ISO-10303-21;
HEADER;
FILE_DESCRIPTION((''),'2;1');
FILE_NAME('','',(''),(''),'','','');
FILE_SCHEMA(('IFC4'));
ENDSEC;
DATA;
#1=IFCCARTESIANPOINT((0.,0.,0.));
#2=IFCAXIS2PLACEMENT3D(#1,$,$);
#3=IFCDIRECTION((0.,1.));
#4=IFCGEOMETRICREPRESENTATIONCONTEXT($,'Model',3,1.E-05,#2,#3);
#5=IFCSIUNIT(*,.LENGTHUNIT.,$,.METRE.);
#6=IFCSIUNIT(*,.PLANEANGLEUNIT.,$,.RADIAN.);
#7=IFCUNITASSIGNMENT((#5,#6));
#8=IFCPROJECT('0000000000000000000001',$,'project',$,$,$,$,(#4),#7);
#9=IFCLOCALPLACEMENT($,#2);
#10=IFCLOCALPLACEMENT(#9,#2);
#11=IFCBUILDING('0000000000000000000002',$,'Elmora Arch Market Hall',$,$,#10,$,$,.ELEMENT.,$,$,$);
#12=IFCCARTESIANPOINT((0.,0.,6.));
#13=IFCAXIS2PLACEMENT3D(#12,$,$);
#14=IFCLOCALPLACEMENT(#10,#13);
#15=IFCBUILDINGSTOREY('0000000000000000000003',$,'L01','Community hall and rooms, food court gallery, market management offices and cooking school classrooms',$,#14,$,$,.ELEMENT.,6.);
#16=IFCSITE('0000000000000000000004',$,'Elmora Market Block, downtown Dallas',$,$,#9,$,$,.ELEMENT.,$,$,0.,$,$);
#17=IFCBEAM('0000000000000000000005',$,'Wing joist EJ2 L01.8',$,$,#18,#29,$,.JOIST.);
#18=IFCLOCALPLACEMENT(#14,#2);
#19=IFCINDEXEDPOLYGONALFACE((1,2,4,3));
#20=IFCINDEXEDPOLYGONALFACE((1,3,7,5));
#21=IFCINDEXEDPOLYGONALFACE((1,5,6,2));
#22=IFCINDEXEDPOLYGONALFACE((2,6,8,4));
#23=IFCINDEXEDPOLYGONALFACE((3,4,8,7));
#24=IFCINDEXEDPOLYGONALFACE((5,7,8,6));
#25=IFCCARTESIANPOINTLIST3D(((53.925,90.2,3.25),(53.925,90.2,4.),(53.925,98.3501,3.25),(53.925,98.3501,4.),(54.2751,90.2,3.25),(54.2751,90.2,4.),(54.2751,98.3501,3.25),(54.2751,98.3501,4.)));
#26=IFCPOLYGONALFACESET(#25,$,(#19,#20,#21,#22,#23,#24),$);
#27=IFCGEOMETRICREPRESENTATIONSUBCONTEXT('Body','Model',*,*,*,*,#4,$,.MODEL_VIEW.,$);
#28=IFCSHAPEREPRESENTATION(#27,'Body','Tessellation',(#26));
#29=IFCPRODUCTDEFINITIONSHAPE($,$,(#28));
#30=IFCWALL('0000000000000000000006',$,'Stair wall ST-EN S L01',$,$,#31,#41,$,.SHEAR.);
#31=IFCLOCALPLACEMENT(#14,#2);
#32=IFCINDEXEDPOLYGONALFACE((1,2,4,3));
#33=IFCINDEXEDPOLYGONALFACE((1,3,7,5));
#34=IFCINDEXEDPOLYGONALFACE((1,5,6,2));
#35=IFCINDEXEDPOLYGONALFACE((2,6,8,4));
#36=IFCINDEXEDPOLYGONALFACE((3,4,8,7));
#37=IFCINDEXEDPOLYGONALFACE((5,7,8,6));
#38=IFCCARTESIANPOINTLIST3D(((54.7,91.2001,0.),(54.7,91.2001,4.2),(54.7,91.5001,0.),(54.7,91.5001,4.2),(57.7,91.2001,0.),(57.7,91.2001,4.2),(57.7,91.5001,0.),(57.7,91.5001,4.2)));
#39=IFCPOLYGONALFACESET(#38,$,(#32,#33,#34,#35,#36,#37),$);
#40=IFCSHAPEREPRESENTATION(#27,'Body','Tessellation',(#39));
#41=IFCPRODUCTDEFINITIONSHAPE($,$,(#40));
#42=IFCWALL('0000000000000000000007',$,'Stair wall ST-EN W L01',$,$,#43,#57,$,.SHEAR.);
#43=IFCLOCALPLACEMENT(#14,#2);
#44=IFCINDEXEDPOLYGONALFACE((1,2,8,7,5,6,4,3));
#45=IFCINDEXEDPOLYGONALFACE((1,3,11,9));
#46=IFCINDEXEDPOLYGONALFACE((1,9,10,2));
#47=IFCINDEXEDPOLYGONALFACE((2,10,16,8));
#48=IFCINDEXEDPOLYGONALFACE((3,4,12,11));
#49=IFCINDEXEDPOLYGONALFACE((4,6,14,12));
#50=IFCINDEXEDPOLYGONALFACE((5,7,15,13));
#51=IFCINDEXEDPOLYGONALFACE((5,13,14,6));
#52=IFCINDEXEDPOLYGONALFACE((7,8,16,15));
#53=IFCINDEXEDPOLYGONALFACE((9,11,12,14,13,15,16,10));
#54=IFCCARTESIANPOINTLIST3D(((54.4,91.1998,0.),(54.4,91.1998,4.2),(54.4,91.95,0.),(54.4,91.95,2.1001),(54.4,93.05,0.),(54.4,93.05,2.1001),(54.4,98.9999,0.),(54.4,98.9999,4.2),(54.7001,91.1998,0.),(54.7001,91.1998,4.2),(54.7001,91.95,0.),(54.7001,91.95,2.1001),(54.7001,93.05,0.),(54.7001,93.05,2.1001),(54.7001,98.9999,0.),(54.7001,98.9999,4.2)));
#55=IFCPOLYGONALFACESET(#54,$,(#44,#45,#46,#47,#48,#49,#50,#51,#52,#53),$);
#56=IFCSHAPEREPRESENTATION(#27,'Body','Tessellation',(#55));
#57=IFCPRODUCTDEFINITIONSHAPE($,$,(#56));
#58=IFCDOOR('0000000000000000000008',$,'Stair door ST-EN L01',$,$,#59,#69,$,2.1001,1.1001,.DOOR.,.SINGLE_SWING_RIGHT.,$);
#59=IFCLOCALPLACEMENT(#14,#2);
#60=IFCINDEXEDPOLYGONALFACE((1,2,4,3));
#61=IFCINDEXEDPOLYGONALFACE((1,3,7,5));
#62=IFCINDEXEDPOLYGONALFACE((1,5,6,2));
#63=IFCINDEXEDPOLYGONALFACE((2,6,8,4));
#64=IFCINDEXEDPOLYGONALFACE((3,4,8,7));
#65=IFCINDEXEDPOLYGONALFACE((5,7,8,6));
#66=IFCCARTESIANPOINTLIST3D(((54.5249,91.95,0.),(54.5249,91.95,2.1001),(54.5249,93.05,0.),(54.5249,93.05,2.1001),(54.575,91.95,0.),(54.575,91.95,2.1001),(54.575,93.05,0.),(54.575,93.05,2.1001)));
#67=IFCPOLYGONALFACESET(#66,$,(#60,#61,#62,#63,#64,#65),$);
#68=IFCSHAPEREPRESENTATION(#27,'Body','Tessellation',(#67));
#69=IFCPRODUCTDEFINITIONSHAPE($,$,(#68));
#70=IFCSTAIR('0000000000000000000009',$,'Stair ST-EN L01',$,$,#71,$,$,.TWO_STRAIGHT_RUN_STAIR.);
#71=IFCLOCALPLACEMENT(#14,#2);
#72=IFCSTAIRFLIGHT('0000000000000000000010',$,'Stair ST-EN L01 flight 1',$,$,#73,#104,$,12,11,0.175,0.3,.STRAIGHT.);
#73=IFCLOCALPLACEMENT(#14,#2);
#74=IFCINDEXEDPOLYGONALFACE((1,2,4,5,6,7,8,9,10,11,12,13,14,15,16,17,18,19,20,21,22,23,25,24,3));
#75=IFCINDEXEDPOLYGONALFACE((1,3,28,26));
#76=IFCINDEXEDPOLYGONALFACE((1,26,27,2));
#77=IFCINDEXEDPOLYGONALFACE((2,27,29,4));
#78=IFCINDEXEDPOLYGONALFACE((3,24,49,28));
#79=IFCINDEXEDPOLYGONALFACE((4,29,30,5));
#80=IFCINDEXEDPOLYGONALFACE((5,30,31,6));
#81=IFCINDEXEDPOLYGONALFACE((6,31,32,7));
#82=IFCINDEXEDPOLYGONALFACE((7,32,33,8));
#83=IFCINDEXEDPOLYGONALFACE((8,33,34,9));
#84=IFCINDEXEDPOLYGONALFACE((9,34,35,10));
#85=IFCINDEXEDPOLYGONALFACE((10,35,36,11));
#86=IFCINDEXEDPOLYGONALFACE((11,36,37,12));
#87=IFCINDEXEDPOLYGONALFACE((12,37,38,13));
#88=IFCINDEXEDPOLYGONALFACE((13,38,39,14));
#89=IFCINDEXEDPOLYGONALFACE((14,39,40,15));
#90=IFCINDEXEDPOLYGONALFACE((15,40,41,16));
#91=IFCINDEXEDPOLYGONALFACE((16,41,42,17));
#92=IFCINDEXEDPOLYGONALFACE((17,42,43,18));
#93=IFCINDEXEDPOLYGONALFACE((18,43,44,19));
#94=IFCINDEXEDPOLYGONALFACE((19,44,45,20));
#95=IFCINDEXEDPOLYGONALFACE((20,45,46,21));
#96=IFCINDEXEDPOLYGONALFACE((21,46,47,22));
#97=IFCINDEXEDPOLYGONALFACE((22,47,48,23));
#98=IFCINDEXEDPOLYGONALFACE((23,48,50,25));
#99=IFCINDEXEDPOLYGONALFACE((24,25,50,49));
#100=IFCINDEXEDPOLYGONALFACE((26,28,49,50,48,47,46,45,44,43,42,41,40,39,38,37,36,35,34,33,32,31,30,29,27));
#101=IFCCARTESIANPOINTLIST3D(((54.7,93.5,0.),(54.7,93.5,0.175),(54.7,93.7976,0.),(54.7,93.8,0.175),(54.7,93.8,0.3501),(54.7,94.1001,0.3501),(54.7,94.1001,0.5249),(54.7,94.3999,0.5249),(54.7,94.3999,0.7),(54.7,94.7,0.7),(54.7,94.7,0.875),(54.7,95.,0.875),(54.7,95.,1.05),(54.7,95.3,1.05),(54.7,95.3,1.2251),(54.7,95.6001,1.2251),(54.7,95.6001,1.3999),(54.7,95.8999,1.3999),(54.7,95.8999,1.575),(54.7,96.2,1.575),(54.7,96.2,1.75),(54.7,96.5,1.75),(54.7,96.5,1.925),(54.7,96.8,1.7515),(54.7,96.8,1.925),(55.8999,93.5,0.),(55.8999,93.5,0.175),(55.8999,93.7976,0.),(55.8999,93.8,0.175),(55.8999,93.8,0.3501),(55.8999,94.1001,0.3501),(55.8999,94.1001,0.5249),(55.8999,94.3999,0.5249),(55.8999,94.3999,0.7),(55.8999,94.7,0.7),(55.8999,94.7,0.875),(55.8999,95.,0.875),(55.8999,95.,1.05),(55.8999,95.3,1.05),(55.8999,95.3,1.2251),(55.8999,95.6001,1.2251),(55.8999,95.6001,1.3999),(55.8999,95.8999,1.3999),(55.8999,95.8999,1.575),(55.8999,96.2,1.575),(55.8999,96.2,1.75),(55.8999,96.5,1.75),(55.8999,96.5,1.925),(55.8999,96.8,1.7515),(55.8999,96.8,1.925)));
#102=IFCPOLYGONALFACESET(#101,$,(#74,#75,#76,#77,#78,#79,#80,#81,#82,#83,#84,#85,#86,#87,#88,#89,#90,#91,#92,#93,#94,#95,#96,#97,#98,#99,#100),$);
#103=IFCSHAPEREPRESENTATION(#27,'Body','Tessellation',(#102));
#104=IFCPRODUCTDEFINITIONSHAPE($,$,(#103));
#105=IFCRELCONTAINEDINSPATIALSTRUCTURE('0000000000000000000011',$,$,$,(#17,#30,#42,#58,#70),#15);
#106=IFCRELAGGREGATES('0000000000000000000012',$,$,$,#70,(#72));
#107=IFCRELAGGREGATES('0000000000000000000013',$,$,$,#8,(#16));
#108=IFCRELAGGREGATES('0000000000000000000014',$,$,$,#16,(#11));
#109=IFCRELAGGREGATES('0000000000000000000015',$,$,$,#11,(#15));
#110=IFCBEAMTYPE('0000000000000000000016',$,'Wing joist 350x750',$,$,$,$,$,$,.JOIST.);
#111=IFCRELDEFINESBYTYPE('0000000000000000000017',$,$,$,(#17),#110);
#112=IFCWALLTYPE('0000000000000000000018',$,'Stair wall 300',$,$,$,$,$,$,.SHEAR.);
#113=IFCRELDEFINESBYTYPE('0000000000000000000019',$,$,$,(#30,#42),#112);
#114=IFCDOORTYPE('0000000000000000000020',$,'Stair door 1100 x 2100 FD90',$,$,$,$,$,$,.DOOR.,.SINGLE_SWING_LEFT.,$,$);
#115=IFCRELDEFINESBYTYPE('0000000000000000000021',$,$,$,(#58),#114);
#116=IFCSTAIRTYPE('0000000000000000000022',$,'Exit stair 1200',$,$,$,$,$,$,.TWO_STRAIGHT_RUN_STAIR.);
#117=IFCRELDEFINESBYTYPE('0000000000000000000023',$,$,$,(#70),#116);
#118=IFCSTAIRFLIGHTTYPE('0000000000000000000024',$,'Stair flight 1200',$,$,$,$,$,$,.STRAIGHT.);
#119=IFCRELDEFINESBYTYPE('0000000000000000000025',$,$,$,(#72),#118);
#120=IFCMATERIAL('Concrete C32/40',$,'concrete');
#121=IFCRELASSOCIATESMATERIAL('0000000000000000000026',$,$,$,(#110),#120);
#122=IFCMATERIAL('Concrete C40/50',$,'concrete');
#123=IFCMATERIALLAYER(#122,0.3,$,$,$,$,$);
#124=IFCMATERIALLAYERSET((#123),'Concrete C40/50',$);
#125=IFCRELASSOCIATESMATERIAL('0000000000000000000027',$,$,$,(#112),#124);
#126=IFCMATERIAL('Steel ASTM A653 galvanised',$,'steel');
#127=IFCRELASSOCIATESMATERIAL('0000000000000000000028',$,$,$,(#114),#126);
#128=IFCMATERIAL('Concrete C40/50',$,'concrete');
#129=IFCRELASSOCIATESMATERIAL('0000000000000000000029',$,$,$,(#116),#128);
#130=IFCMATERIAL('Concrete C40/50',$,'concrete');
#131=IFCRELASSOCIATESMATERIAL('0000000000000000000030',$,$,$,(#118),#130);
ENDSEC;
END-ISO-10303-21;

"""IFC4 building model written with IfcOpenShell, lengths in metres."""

from ifc_helpers import new_model, si_unit, direction, frame, frame_2d, origin, origin_2d, place, context, subcontext, project, spatial, polyline, rectangle, outline, extrude, material, layer, layer_set, material_profile, profile_set, type_object, element, fill, aggregate, save


model = new_model("IFC4")

# Units and contexts
model_context = context("Model", 3, precision=1e-05, world=origin(), true_north=direction((0.0, 1.0)))
body_context = subcontext(model_context, "Body", "Model", "MODEL_VIEW")
ifc_project = project(units=[si_unit("LENGTHUNIT", "METRE"), si_unit("PLANEANGLEUNIT", "RADIAN")], contexts=[model_context])

# Site, building, storey
site_placement = place(None, origin())
site = spatial("IfcSite", under=ifc_project, at=site_placement, Name="Elmora Market Block, downtown Dallas", CompositionType="ELEMENT", RefElevation=0.0)
building_placement = place(site_placement, origin())
building = spatial("IfcBuilding", under=site, at=building_placement, Name="Elmora Arch Market Hall", CompositionType="ELEMENT")
storey_placement = place(building_placement, frame((0.0, 0.0, 6.0)))
storey = spatial("IfcBuildingStorey", under=building, at=storey_placement, Name="L01", Description="Community hall and rooms, food court gallery, market management offices and cooking school classrooms", CompositionType="ELEMENT", Elevation=6.0)

# Beam
ifc_material_1 = material(Name="Concrete C32/40", Category="concrete")
ifc_material_profile = material_profile(ifc_material_1, rectangle(XDim=0.3501, YDim=0.75, at=origin_2d()), Name="Wing joist 350x750")
ifc_profile_set = profile_set([ifc_material_profile], Name="Concrete C32/40")
beam_type = type_object("IfcBeamType", Name="Wing joist 350x750", PredefinedType="JOIST", material=ifc_profile_set)
beam_placement = place(storey_placement, frame((54.1001, 90.2, 3.625), z_axis=(0.0, 1.0, 0.0), x_axis=(-1.0, 0.0, 0.0)))
element("IfcBeam", 1, at=beam_placement, inside=storey, type_object=beam_type, Name="Wing joist EJ2 L01.8", PredefinedType="JOIST", context=body_context, shape_type="SweptSolid", body=[
    extrude(rectangle(XDim=0.3501, YDim=0.75, at=origin_2d()), origin(), (0.0, 0.0, 1.0), 8.1501),
])

# Wall
ifc_material_2 = material(Name="Concrete C40/50", Category="concrete")
ifc_layer = layer(ifc_material_2, 0.3)
ifc_layer_set = layer_set([ifc_layer], Name="Concrete C40/50")
wall_type = type_object("IfcWallType", Name="Stair wall 300", PredefinedType="SHEAR", material=ifc_layer_set)
wall_1_placement = place(storey_placement, frame((54.7, 91.3501, 0.0), z_axis=(0.0, 0.0, 1.0), x_axis=(1.0, 0.0, 0.0)))
element("IfcWall", 2, at=wall_1_placement, inside=storey, type_object=wall_type, Name="Stair wall ST-EN S L01", PredefinedType="SHEAR", context=body_context, shape_type="SweptSolid", body=[
    extrude(rectangle(XDim=3.0, YDim=0.3, at=frame_2d((1.5, 0.0))), origin(), (0.0, 0.0, 1.0), 4.2),
])

# Wall, opening, door
wall_2_placement = place(storey_placement, frame((54.55, 91.2, 0.0), z_axis=(0.0, 0.0, 1.0), x_axis=(0.0, 1.0, 0.0)))
wall_2 = element("IfcWall", 3, at=wall_2_placement, inside=storey, type_object=wall_type, Name="Stair wall ST-EN W L01", PredefinedType="SHEAR", context=body_context, shape_type="SweptSolid", body=[
    extrude(rectangle(XDim=7.8, YDim=0.3, at=frame_2d((3.8999, 0.0))), origin(), (0.0, 0.0, 1.0), 4.2),
])
opening_placement = place(wall_2_placement, frame((0.75, 0.0, 0.0)))
opening = element("IfcOpeningElement", 4, at=opening_placement, cuts=wall_2, PredefinedType="OPENING", context=body_context, shape_type="SweptSolid", body=[
    extrude(rectangle(XDim=1.1001, YDim=2.1001, at=frame_2d((0.55, 1.05))), frame((0.0, 0.1599, 0.0), z_axis=(0.0, -1.0, 0.0), x_axis=(1.0, 0.0, 0.0)), (0.0, 0.0, 1.0), 0.3201),
])
ifc_material_3 = material(Name="Steel ASTM A653 galvanised", Category="steel")
door_type = type_object("IfcDoorType", Name="Stair door 1100 x 2100 FD90", OperationType="SINGLE_SWING_LEFT", PredefinedType="DOOR", material=ifc_material_3)
door_placement = place(opening_placement, frame((1.1001, 0.0, 0.0), z_axis=(0.0, 0.0, 1.0), x_axis=(-1.0, 0.0, 0.0)))
door = element("IfcDoor", 5, at=door_placement, inside=storey, type_object=door_type, Name="Stair door ST-EN L01", OperationType="SINGLE_SWING_RIGHT", OverallHeight=2.1001, OverallWidth=1.1001, PredefinedType="DOOR", context=body_context, shape_type="SweptSolid", body=[
    extrude(rectangle(XDim=1.1001, YDim=2.1001, at=frame_2d((0.55, 1.05))), frame((0.0, 0.0249, 0.0), z_axis=(0.0, -1.0, 0.0), x_axis=(1.0, 0.0, 0.0)), (0.0, 0.0, 1.0), 0.05),
])
fill(opening, door)

# Stair, stair flight
ifc_material_4 = material(Name="Concrete C40/50", Category="concrete")
stair_type = type_object("IfcStairType", Name="Exit stair 1200", PredefinedType="TWO_STRAIGHT_RUN_STAIR", material=ifc_material_4)
stair_placement = place(storey_placement, origin())
stair = element("IfcStair", 6, at=stair_placement, inside=storey, type_object=stair_type, Name="Stair ST-EN L01", PredefinedType="TWO_STRAIGHT_RUN_STAIR")
ifc_material_5 = material(Name="Concrete C40/50", Category="concrete")
stair_flight_type = type_object("IfcStairFlightType", Name="Stair flight 1200", PredefinedType="STRAIGHT", material=ifc_material_5)
stair_flight_placement = place(storey_placement, frame((55.3, 93.5, 0.0), z_axis=(0.0, 0.0, 1.0), x_axis=(0.0, 1.0, 0.0)))
stair_flight = element("IfcStairFlight", 7, at=stair_flight_placement, type_object=stair_flight_type, Name="Stair ST-EN L01 flight 1", NumberOfRisers=12, NumberOfTreads=11, PredefinedType="STRAIGHT", RiserHeight=0.175, TreadLength=0.3, context=body_context, shape_type="SweptSolid", body=[
    extrude(outline(polyline([(0.0, 0.0), (0.0, 0.175), (0.3, 0.175), (0.3, 0.3501), (0.6001, 0.3501), (0.6001, 0.5249), (0.8999, 0.5249), (0.8999, 0.7), (1.2, 0.7), (1.2, 0.875), (1.5, 0.875), (1.5, 1.05), (1.8, 1.05), (1.8, 1.2251), (2.1001, 1.2251), (2.1001, 1.3999), (2.3999, 1.3999), (2.3999, 1.575), (2.7, 1.575), (2.7, 1.75), (3.0, 1.75), (3.0, 1.925), (3.3, 1.925), (3.3, 2.1001), (3.3, 1.7515), (0.2976, 0.0), (0.0, 0.0)])), frame((0.0, 0.6001, 0.0), z_axis=(0.0, -1.0, 0.0), x_axis=(1.0, 0.0, 0.0)), (0.0, 0.0, 1.0), 1.2),
])
aggregate(stair, [stair_flight])

save(model, "model.ifc")
